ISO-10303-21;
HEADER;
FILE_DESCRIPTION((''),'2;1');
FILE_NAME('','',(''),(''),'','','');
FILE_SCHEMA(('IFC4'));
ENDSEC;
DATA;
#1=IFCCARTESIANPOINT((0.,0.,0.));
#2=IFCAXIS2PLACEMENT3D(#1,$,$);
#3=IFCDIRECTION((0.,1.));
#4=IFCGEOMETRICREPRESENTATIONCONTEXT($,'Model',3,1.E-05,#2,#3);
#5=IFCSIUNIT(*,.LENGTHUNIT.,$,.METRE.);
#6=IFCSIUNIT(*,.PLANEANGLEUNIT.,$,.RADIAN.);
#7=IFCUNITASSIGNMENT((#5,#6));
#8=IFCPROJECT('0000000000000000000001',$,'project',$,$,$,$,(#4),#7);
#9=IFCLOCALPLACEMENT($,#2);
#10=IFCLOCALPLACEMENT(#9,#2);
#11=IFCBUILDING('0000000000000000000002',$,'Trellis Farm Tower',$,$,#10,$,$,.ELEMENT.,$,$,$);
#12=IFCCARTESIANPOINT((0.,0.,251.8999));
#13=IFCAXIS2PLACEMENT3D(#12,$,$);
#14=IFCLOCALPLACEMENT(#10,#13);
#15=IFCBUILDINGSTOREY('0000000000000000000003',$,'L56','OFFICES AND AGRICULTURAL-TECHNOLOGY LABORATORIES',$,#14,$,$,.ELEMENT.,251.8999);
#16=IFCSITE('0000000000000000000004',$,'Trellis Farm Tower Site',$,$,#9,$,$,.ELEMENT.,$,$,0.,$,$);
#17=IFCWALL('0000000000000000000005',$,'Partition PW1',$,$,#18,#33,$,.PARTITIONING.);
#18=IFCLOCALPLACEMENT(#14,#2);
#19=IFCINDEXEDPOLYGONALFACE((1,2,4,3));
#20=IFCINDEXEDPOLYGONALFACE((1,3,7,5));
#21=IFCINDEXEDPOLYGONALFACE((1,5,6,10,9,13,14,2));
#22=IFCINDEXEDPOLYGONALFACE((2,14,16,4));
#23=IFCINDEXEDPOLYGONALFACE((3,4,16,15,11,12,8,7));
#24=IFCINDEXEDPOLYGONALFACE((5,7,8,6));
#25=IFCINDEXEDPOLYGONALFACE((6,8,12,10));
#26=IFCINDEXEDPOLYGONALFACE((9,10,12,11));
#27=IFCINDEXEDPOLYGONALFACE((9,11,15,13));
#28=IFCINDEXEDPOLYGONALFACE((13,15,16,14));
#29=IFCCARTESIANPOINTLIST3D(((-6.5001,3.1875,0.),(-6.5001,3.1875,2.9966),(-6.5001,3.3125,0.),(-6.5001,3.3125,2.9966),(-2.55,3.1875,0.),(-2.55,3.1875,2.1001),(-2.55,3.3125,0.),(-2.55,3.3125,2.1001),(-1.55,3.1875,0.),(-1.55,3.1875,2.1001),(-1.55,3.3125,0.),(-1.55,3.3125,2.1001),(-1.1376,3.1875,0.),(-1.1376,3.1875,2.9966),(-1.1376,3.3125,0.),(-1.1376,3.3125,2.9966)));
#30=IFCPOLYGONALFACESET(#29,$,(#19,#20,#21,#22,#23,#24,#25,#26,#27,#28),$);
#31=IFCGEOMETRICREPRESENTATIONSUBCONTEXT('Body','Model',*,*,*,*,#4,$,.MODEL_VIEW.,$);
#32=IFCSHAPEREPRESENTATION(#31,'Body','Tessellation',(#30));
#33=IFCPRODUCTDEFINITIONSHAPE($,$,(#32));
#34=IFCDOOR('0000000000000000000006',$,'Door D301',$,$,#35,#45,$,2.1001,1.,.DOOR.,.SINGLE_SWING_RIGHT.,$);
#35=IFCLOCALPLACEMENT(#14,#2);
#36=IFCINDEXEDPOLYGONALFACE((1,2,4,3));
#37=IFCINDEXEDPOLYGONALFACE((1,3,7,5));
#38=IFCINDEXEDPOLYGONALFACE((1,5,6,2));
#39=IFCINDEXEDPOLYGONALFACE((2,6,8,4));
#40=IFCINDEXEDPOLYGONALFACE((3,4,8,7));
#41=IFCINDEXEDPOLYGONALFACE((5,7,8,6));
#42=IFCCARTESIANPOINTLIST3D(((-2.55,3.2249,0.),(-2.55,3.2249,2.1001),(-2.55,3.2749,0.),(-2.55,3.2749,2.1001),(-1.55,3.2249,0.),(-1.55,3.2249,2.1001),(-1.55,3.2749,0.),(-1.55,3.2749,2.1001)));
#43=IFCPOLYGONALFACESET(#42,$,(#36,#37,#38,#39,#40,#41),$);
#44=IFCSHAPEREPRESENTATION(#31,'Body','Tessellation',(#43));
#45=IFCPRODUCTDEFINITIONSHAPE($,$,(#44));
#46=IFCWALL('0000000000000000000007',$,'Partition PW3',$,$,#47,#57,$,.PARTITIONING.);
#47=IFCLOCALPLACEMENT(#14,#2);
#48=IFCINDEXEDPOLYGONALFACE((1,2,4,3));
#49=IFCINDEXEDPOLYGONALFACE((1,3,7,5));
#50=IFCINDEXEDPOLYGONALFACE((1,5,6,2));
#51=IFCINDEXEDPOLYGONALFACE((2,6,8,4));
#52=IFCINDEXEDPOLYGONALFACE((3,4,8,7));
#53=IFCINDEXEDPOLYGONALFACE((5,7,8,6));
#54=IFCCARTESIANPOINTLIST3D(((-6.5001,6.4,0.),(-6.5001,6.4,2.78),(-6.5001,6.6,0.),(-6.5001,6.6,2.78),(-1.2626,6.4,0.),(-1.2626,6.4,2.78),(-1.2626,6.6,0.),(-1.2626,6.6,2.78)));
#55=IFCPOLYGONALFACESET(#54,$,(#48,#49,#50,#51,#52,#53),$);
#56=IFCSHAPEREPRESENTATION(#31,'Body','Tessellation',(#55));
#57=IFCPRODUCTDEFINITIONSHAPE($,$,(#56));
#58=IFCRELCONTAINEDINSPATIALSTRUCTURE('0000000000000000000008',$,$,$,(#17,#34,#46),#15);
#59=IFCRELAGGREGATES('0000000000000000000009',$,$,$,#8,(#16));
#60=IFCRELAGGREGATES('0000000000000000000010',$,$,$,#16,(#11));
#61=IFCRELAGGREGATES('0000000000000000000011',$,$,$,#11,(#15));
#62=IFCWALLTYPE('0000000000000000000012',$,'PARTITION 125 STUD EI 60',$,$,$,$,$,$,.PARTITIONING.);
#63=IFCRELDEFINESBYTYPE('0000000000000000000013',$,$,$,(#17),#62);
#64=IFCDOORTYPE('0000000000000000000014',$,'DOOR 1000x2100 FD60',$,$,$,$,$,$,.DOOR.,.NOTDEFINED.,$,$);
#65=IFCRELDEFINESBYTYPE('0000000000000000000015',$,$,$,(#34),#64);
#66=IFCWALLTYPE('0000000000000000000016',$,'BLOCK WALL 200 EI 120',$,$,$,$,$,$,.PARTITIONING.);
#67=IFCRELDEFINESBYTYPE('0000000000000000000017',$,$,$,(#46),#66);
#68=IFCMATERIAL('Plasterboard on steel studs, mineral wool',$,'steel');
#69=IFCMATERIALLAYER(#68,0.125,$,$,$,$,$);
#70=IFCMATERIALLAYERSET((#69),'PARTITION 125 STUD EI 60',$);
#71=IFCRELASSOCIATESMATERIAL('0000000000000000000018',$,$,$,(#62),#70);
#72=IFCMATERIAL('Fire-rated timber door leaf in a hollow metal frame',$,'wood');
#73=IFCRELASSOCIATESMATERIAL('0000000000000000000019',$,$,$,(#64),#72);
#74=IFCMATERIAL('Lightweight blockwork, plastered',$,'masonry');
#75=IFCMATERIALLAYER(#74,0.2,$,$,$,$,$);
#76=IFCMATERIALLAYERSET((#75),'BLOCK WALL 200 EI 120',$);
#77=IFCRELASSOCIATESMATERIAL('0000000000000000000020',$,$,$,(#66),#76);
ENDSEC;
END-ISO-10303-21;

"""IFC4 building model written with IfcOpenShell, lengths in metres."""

from ifc_helpers import new_model, si_unit, direction, frame, frame_2d, origin, place, context, subcontext, project, spatial, rectangle, extrude, source, transform, mapped, material, layer, layer_set, type_object, element, fill, save


model = new_model("IFC4")

# Units and contexts
model_context = context("Model", 3, precision=1e-05, world=origin(), true_north=direction((0.0, 1.0)))
body_context = subcontext(model_context, "Body", "Model", "MODEL_VIEW")
ifc_project = project(units=[si_unit("LENGTHUNIT", "METRE"), si_unit("PLANEANGLEUNIT", "RADIAN")], contexts=[model_context])

# Site, building, storey
site_placement = place(None, origin())
site = spatial("IfcSite", under=ifc_project, at=site_placement, Name="Trellis Farm Tower Site", CompositionType="ELEMENT", RefElevation=0.0)
building_placement = place(site_placement, origin())
building = spatial("IfcBuilding", under=site, at=building_placement, Name="Trellis Farm Tower", CompositionType="ELEMENT")
storey_placement = place(building_placement, frame((0.0, 0.0, 251.8999)))
storey = spatial("IfcBuildingStorey", under=building, at=storey_placement, Name="L56", Description="OFFICES AND AGRICULTURAL-TECHNOLOGY LABORATORIES", CompositionType="ELEMENT", Elevation=251.8999)

# Shared definitions
shared_shape_1 = source(origin(), body_context, "Body", "SweptSolid", [
    extrude(rectangle(XDim=1.0, YDim=2.1001, at=frame_2d((0.5, 1.05))), frame((0.0, 0.0249, 0.0), z_axis=(0.0, -1.0, 0.0), x_axis=(1.0, 0.0, 0.0)), (0.0, 0.0, 1.0), 0.05),
])

# Wall, opening, door
ifc_material_1 = material(Name="Plasterboard on steel studs, mineral wool", Category="steel")
ifc_layer_1 = layer(ifc_material_1, 0.125)
ifc_layer_set_1 = layer_set([ifc_layer_1], Name="PARTITION 125 STUD EI 60")
wall_type_1 = type_object("IfcWallType", Name="PARTITION 125 STUD EI 60", PredefinedType="PARTITIONING", material=ifc_layer_set_1)
shared_shape_2 = source(origin(), body_context, "Body", "SweptSolid", [
    extrude(rectangle(XDim=5.3625, YDim=0.125, at=frame_2d((2.6812, 0.0))), origin(), (0.0, 0.0, 1.0), 2.9966),
])
wall_1_placement = place(storey_placement, frame((-6.5, 3.25, 0.0), z_axis=(0.0, 0.0, 1.0), x_axis=(1.0, 0.0, 0.0)))
wall_1 = element("IfcWall", 1, at=wall_1_placement, inside=storey, type_object=wall_type_1, Name="Partition PW1", PredefinedType="PARTITIONING", context=body_context, shape_type="MappedRepresentation", body=[
    mapped(shared_shape_2, transform((0.0, 0.0, 0.0))),
])
shared_shape_3 = source(origin(), body_context, "Body", "SweptSolid", [
    extrude(rectangle(XDim=1.0, YDim=2.1001, at=frame_2d((0.5, 1.05))), frame((0.0, 0.0725, 0.0), z_axis=(0.0, -1.0, 0.0), x_axis=(1.0, 0.0, 0.0)), (0.0, 0.0, 1.0), 0.145),
])
opening_1_placement = place(wall_1_placement, frame((3.95, 0.0, 0.0)))
opening_1 = element("IfcOpeningElement", 2, at=opening_1_placement, cuts=wall_1, PredefinedType="OPENING", context=body_context, shape_type="MappedRepresentation", body=[
    mapped(shared_shape_3, transform((0.0, 0.0, 0.0))),
])
ifc_material_2 = material(Name="Fire-rated timber door leaf in a hollow metal frame", Category="wood")
door_type_1 = type_object("IfcDoorType", Name="DOOR 1000x2100 FD60", OperationType="NOTDEFINED", PredefinedType="DOOR", material=ifc_material_2)
door_1_placement = place(opening_1_placement, origin())
door_1 = element("IfcDoor", 3, at=door_1_placement, inside=storey, type_object=door_type_1, Name="Door D301", OperationType="SINGLE_SWING_RIGHT", OverallHeight=2.1001, OverallWidth=1.0, PredefinedType="DOOR", context=body_context, shape_type="MappedRepresentation", body=[
    mapped(shared_shape_1, transform((0.0, 0.0, 0.0))),
])
fill(opening_1, door_1)

# Wall
ifc_material_3 = material(Name="Lightweight blockwork, plastered", Category="masonry")
ifc_layer_2 = layer(ifc_material_3, 0.2)
ifc_layer_set_2 = layer_set([ifc_layer_2], Name="BLOCK WALL 200 EI 120")
wall_type_2 = type_object("IfcWallType", Name="BLOCK WALL 200 EI 120", PredefinedType="PARTITIONING", material=ifc_layer_set_2)
shared_shape_4 = source(origin(), body_context, "Body", "SweptSolid", [
    extrude(rectangle(XDim=5.2375, YDim=0.2, at=frame_2d((2.6187, 0.0))), origin(), (0.0, 0.0, 1.0), 2.78),
])
wall_2_placement = place(storey_placement, frame((-6.5, 6.5, 0.0), z_axis=(0.0, 0.0, 1.0), x_axis=(1.0, 0.0, 0.0)))
element("IfcWall", 4, at=wall_2_placement, inside=storey, type_object=wall_type_2, Name="Partition PW3", PredefinedType="PARTITIONING", context=body_context, shape_type="MappedRepresentation", body=[
    mapped(shared_shape_4, transform((0.0, 0.0, 0.0))),
])

save(model, "model.ifc")
